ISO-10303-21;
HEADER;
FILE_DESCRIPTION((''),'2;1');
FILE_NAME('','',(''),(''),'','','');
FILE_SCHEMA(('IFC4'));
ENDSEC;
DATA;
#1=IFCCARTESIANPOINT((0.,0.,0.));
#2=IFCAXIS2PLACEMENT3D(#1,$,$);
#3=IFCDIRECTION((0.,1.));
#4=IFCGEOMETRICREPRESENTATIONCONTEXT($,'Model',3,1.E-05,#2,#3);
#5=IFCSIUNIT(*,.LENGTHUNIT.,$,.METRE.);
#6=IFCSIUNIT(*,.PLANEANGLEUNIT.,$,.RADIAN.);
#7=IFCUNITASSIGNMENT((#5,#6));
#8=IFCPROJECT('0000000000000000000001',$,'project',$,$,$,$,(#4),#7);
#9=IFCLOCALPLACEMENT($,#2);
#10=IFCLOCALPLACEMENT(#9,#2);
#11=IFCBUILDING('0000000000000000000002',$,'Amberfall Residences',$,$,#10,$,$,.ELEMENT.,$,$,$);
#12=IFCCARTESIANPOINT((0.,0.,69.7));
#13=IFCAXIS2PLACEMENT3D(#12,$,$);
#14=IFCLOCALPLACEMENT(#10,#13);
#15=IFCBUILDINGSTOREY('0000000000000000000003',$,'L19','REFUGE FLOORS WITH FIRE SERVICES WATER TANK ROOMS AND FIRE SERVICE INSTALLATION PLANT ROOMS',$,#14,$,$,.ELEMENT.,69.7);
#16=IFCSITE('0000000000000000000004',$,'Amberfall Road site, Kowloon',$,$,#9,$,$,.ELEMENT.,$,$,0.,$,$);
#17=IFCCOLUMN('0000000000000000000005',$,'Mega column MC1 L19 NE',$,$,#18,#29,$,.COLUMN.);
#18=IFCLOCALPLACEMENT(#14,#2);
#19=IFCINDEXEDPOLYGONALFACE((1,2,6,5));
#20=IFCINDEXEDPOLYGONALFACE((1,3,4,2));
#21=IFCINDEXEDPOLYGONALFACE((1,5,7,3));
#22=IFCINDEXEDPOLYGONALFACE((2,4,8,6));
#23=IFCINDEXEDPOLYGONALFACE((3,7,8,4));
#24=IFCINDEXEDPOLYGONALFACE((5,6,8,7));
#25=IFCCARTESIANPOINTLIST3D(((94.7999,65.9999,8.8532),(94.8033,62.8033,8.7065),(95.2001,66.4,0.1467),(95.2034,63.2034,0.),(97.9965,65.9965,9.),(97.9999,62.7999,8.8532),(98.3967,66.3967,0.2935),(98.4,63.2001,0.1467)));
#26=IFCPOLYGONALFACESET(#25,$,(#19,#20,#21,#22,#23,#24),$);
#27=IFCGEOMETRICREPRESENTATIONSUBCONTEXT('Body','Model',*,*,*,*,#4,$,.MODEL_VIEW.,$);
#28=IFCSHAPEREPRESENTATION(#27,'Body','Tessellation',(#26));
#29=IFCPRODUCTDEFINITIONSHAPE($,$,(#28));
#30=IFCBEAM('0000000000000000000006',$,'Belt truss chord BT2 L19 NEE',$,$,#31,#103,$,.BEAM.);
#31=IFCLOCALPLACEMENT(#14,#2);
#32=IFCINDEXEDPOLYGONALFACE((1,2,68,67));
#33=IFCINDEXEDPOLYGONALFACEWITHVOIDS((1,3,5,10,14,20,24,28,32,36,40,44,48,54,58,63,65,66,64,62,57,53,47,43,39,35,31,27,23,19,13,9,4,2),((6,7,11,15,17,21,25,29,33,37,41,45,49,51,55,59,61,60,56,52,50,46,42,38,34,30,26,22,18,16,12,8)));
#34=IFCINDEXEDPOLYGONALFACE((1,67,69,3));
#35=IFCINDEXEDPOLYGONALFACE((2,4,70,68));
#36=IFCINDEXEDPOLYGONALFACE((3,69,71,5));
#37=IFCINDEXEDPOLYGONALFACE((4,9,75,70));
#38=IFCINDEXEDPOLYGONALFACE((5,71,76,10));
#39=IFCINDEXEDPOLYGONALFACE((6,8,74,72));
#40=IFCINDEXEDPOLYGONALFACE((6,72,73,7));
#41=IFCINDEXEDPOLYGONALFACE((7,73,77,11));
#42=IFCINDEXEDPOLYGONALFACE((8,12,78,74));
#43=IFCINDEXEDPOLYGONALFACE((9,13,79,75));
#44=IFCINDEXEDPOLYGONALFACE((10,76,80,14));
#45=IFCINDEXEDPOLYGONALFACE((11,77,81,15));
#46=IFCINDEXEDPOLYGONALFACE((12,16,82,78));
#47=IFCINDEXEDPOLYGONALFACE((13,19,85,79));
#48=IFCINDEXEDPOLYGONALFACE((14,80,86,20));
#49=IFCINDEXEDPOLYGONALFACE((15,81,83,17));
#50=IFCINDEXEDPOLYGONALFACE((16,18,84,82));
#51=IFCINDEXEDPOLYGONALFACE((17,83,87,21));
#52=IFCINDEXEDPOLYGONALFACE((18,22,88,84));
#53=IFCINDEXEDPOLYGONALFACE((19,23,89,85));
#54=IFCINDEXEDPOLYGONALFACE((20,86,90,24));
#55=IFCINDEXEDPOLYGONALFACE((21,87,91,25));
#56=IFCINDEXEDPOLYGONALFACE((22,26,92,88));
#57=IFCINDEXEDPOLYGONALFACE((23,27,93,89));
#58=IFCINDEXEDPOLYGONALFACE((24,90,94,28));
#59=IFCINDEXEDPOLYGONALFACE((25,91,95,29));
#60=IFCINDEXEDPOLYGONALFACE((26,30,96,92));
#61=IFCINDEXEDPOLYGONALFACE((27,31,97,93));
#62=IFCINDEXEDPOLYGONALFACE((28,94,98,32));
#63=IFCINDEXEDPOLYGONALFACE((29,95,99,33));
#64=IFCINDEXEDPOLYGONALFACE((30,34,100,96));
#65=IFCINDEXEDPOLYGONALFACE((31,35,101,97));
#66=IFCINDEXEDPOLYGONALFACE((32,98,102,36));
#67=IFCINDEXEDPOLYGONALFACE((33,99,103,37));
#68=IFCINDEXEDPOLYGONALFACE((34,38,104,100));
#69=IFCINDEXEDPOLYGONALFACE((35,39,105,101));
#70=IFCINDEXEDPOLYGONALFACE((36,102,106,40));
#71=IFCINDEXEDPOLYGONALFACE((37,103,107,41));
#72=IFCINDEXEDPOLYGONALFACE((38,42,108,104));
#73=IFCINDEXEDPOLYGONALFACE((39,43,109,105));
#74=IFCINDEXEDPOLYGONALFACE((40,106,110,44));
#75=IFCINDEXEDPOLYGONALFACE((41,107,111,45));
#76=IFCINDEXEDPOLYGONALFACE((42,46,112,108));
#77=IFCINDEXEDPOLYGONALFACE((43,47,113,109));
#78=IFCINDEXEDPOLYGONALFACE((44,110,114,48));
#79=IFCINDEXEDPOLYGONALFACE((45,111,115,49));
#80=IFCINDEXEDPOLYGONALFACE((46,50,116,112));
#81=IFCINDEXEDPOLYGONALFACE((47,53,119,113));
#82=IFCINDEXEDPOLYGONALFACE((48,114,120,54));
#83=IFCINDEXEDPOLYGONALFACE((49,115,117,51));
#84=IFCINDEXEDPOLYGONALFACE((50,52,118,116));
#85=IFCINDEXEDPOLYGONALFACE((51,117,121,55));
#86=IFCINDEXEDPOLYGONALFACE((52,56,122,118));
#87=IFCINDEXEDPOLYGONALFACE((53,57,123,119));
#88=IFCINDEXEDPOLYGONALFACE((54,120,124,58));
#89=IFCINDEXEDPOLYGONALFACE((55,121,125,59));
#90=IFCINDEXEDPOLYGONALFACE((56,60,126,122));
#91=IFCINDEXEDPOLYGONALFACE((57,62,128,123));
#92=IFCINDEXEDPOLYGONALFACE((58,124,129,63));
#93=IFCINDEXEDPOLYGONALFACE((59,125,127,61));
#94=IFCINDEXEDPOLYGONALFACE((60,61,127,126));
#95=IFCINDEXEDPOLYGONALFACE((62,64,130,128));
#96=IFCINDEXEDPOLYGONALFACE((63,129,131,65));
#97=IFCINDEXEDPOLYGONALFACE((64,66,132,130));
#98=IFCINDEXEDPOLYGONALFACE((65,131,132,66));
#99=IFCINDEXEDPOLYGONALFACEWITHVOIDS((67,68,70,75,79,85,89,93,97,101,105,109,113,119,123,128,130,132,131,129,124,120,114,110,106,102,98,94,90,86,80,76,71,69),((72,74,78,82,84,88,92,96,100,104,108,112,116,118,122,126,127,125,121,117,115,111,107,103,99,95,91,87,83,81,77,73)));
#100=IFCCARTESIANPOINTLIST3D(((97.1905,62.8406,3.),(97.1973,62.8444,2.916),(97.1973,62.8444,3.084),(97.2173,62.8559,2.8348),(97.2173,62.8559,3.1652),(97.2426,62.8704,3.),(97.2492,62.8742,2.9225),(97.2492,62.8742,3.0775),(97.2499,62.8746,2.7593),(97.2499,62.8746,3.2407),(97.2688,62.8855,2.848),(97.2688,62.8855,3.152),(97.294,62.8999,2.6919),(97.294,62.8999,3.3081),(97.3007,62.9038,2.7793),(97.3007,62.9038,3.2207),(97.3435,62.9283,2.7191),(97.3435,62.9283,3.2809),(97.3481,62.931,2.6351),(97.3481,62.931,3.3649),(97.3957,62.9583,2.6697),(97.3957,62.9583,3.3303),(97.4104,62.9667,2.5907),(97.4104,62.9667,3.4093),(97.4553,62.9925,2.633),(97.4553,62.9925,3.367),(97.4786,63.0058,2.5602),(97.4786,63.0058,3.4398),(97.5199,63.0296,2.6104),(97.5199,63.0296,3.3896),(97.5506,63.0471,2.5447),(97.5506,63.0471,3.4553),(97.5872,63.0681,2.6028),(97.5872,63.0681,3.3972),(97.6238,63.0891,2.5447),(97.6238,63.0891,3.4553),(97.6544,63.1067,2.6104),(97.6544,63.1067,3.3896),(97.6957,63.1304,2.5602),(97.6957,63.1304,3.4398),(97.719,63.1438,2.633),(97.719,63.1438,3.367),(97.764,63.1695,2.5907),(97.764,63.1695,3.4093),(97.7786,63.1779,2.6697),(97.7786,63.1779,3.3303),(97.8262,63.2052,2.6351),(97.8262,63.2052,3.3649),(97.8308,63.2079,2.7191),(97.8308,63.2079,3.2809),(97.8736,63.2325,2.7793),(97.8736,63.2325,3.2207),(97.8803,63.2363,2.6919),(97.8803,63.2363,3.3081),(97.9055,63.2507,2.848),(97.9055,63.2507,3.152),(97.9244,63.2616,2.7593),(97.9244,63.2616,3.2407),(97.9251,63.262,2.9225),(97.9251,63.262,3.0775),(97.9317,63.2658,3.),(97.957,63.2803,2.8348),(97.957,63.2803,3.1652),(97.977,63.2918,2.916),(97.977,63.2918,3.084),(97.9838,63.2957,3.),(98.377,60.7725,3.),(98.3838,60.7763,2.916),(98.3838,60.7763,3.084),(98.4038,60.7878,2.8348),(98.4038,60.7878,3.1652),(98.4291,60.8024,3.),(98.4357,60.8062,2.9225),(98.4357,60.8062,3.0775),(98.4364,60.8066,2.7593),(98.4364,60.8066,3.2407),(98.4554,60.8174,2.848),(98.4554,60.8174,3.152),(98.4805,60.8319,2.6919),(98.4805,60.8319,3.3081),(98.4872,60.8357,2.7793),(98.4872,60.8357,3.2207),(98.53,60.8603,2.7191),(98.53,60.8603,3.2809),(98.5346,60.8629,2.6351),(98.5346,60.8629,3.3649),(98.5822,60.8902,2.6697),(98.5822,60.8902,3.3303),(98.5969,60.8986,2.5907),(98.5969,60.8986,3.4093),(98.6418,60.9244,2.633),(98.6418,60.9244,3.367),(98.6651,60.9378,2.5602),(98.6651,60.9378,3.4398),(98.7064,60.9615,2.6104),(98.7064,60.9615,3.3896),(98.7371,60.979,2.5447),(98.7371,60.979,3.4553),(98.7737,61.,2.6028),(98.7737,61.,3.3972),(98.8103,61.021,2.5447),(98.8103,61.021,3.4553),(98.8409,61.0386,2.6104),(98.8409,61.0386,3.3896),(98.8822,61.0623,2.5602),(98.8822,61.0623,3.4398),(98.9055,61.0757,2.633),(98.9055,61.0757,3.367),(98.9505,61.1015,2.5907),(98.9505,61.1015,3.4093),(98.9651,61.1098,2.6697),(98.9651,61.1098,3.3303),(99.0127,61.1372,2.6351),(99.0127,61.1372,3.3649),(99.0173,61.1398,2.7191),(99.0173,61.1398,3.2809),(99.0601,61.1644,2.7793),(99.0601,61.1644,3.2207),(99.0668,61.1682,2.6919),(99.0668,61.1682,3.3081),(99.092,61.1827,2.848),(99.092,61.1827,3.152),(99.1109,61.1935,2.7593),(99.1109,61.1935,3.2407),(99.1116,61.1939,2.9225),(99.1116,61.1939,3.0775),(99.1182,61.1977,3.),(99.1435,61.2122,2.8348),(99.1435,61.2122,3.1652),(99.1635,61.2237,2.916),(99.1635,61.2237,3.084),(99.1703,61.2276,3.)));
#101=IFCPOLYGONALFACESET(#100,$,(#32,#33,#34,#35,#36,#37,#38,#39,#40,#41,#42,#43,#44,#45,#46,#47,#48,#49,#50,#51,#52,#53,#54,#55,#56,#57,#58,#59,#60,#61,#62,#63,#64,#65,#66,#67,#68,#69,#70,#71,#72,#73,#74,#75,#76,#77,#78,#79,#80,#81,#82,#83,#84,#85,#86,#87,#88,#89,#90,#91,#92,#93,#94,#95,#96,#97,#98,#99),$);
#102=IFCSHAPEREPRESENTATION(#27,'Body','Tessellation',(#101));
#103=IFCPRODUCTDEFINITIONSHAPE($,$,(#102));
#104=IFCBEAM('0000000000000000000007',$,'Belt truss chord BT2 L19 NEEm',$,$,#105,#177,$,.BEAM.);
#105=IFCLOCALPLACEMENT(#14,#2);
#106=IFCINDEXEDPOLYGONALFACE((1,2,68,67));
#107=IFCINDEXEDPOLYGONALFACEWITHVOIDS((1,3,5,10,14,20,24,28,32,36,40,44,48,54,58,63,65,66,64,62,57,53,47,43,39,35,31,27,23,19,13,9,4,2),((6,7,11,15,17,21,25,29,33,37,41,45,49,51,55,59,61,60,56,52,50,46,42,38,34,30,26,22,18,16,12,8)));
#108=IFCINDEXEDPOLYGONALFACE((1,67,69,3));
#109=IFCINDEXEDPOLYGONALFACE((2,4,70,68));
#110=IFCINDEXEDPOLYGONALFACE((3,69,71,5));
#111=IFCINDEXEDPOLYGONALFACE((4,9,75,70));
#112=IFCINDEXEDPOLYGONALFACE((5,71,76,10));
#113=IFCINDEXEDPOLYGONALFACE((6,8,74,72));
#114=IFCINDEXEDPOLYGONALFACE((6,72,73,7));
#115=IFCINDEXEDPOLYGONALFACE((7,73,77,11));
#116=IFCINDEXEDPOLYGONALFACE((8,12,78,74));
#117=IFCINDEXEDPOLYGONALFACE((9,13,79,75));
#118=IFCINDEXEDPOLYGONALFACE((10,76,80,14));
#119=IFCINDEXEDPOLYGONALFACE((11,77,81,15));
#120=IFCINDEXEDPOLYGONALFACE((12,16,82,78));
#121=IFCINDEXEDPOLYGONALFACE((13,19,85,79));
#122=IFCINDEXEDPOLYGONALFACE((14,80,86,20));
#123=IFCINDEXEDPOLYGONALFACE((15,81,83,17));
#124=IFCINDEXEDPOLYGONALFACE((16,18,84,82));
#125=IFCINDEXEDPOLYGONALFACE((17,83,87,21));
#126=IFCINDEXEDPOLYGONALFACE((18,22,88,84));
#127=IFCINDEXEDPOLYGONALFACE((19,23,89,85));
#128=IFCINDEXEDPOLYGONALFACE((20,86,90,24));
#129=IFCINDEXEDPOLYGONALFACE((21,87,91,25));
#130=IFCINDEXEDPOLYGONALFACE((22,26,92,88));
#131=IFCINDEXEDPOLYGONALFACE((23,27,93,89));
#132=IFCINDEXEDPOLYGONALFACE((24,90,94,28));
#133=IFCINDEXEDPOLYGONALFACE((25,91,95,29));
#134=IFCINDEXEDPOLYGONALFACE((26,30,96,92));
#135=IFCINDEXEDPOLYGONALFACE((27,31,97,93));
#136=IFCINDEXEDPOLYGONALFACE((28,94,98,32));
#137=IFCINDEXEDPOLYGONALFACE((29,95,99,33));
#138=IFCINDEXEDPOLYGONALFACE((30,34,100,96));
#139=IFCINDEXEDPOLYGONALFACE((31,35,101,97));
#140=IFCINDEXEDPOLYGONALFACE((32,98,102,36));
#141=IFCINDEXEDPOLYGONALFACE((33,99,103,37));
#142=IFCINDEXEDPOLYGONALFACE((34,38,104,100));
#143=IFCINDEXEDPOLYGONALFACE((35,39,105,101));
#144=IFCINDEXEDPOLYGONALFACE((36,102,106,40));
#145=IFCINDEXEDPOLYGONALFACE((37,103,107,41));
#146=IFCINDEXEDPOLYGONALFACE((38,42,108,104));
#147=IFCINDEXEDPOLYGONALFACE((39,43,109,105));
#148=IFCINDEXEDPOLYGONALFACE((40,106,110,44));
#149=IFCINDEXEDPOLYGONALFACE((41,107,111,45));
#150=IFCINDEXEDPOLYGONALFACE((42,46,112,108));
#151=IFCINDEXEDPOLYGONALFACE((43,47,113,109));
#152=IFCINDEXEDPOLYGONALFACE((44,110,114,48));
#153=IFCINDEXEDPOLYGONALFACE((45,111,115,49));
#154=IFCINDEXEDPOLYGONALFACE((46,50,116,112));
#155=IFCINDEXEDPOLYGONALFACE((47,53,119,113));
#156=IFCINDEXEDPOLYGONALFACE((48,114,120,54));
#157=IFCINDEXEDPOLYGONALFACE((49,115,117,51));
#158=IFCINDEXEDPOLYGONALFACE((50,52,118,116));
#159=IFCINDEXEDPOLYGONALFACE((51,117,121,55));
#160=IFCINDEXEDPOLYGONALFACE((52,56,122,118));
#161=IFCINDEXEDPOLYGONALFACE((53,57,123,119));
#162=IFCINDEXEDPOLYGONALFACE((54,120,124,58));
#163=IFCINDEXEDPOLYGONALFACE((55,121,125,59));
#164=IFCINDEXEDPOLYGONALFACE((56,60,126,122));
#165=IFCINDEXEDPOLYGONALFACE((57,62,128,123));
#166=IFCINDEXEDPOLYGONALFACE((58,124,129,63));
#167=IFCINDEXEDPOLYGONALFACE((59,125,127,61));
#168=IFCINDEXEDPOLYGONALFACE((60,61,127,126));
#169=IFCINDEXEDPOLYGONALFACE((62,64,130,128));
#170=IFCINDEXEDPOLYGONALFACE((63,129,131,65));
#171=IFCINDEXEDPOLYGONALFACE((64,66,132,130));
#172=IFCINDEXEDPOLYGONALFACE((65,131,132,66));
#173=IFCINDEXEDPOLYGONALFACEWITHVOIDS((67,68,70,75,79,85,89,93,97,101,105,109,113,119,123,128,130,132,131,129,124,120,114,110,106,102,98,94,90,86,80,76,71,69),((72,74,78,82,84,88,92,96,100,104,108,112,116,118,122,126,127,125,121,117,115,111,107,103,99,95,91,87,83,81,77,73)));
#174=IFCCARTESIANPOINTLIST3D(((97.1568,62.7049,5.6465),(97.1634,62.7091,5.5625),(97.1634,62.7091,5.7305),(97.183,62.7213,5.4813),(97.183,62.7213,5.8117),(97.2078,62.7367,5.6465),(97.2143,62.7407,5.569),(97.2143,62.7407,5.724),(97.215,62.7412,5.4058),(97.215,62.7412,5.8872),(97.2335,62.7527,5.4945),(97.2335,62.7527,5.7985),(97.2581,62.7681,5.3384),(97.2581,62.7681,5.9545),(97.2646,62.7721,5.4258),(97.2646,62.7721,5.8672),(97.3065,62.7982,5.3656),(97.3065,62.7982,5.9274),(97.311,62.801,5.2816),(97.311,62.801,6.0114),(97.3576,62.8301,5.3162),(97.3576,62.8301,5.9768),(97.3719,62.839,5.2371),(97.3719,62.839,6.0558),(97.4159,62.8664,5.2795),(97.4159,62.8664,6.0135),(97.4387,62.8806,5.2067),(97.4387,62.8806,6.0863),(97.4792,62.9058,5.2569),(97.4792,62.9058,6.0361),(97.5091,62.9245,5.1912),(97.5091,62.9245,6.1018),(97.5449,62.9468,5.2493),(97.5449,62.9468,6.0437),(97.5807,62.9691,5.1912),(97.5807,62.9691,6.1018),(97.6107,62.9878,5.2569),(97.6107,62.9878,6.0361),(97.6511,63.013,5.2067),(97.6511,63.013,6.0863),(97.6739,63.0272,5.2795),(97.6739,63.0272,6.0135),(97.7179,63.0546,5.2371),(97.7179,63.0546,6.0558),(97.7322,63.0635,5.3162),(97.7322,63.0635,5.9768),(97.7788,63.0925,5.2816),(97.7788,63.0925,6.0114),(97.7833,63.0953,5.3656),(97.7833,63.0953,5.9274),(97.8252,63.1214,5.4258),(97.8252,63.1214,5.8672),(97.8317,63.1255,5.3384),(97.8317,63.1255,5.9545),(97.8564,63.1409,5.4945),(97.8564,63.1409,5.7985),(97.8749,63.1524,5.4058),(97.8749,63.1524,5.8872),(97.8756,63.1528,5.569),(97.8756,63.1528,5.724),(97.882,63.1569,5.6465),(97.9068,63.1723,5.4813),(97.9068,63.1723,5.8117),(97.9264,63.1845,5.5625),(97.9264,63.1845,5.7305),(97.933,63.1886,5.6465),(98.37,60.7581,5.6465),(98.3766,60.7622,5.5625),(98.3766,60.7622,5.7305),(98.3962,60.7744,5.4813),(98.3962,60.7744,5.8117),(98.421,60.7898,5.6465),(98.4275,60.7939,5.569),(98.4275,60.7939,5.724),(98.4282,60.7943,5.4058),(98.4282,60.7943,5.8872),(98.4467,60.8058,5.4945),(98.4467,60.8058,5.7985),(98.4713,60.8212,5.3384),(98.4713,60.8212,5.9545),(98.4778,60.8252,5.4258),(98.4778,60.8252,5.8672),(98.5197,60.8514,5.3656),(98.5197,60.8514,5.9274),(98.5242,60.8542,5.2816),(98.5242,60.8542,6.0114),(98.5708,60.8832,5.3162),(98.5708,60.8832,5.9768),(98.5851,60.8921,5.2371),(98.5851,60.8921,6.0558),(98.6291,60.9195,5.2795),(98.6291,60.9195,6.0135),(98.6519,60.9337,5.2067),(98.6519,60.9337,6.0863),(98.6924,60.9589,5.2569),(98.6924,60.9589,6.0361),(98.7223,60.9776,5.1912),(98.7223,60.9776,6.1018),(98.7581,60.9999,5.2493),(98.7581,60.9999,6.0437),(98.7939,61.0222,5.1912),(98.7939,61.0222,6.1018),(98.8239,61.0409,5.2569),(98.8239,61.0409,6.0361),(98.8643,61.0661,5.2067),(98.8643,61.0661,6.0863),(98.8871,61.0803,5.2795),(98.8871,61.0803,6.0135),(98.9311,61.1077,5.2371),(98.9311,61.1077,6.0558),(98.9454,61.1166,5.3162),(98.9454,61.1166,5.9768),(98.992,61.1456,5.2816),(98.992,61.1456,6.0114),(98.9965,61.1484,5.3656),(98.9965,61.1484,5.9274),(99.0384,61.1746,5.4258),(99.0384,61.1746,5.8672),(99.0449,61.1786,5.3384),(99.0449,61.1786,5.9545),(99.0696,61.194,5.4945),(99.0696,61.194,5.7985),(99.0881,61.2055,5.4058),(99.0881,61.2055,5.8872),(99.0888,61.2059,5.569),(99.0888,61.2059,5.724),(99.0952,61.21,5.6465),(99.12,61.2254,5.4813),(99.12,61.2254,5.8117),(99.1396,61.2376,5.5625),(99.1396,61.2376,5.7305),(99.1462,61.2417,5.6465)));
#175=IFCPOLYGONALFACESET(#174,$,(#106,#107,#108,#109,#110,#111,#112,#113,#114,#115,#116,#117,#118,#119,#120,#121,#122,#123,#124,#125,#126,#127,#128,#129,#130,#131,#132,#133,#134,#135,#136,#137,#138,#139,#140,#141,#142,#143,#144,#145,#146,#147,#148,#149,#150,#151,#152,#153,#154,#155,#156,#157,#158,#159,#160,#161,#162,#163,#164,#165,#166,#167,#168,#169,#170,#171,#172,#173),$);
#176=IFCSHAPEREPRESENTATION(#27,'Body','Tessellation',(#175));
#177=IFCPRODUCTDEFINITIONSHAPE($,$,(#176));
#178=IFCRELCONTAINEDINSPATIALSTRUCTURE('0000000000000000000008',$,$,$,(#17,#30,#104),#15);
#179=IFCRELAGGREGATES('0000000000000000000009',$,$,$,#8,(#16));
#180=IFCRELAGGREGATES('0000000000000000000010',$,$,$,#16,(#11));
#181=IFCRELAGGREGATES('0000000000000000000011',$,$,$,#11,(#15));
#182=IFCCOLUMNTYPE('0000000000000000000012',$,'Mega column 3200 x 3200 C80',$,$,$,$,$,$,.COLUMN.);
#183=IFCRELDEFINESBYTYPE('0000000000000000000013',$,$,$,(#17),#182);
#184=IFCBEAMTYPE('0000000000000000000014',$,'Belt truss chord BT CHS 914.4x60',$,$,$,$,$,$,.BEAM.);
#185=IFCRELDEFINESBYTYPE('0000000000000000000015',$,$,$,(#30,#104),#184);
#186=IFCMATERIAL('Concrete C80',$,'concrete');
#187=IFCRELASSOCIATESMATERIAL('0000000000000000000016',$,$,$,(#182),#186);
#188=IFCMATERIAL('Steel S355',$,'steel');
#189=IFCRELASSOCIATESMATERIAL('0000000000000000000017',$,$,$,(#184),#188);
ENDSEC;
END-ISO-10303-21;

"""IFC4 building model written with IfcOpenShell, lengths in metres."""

from ifc_helpers import new_model, si_unit, direction, frame, origin, origin_2d, place, context, subcontext, project, spatial, rectangle, hollow_circle, extrude, material, material_profile, profile_set, type_object, element, save


model = new_model("IFC4")

# Units and contexts
model_context = context("Model", 3, precision=1e-05, world=origin(), true_north=direction((0.0, 1.0)))
body_context = subcontext(model_context, "Body", "Model", "MODEL_VIEW")
ifc_project = project(units=[si_unit("LENGTHUNIT", "METRE"), si_unit("PLANEANGLEUNIT", "RADIAN")], contexts=[model_context])

# Site, building, storey
site_placement = place(None, origin())
site = spatial("IfcSite", under=ifc_project, at=site_placement, Name="Amberfall Road site, Kowloon", CompositionType="ELEMENT", RefElevation=0.0)
building_placement = place(site_placement, origin())
building = spatial("IfcBuilding", under=site, at=building_placement, Name="Amberfall Residences", CompositionType="ELEMENT")
storey_placement = place(building_placement, frame((0.0, 0.0, 69.7)))
storey = spatial("IfcBuildingStorey", under=building, at=storey_placement, Name="L19", Description="REFUGE FLOORS WITH FIRE SERVICES WATER TANK ROOMS AND FIRE SERVICE INSTALLATION PLANT ROOMS", CompositionType="ELEMENT", Elevation=69.7)

# Column
ifc_material_1 = material(Name="Concrete C80", Category="concrete")
ifc_material_profile_1 = material_profile(ifc_material_1, rectangle(XDim=3.2, YDim=3.2, at=origin_2d()), Name="Mega column 3200 x 3200 C80")
ifc_profile_set_1 = profile_set([ifc_material_profile_1], Name="Concrete C80")
column_type = type_object("IfcColumnType", Name="Mega column 3200 x 3200 C80", PredefinedType="COLUMN", material=ifc_profile_set_1)
column_placement = place(storey_placement, frame((96.8, 64.8, 0.1467), z_axis=(-0.045863, -0.045863, 0.997894), x_axis=(0.998947, -0.001053, 0.045863)))
element("IfcColumn", 1, at=column_placement, inside=storey, type_object=column_type, Name="Mega column MC1 L19 NE", PredefinedType="COLUMN", context=body_context, shape_type="SweptSolid", body=[
    extrude(rectangle(XDim=3.2, YDim=3.2, at=origin_2d()), origin(), (0.0, 0.0, 1.0), 8.7249),
])

# Beams
ifc_material_2 = material(Name="Steel S355", Category="steel")
ifc_material_profile_2 = material_profile(ifc_material_2, hollow_circle(Radius=0.4573, WallThickness=0.0601, at=origin_2d()), Name="CHS 914.4x60")
ifc_profile_set_2 = profile_set([ifc_material_profile_2], Name="Steel S355")
beam_type_1 = type_object("IfcBeamType", Name="Belt truss chord BT CHS 914.4x60", PredefinedType="BEAM", material=ifc_profile_set_2)
beam_1_placement = place(storey_placement, frame((97.5872, 63.0681, 3.0), z_axis=(0.497638, -0.867385, 0.0), x_axis=(0.867385, 0.497638, 0.0)))
element("IfcBeam", 2, at=beam_1_placement, inside=storey, type_object=beam_type_1, Name="Belt truss chord BT2 L19 NEE", PredefinedType="BEAM", context=body_context, shape_type="SweptSolid", body=[
    extrude(hollow_circle(Radius=0.4573, WallThickness=0.0601, at=origin_2d()), origin(), (0.0, 0.0, 1.0), 2.3843),
])
beam_2_placement = place(storey_placement, frame((97.5449, 62.9468, 5.6465), z_axis=(0.52887, -0.848703, 0.0), x_axis=(0.848703, 0.52887, 0.0)))
element("IfcBeam", 3, at=beam_2_placement, inside=storey, type_object=beam_type_1, Name="Belt truss chord BT2 L19 NEEm", PredefinedType="BEAM", context=body_context, shape_type="SweptSolid", body=[
    extrude(hollow_circle(Radius=0.4573, WallThickness=0.0601, at=origin_2d()), origin(), (0.0, 0.0, 1.0), 2.2939),
])

save(model, "model.ifc")
